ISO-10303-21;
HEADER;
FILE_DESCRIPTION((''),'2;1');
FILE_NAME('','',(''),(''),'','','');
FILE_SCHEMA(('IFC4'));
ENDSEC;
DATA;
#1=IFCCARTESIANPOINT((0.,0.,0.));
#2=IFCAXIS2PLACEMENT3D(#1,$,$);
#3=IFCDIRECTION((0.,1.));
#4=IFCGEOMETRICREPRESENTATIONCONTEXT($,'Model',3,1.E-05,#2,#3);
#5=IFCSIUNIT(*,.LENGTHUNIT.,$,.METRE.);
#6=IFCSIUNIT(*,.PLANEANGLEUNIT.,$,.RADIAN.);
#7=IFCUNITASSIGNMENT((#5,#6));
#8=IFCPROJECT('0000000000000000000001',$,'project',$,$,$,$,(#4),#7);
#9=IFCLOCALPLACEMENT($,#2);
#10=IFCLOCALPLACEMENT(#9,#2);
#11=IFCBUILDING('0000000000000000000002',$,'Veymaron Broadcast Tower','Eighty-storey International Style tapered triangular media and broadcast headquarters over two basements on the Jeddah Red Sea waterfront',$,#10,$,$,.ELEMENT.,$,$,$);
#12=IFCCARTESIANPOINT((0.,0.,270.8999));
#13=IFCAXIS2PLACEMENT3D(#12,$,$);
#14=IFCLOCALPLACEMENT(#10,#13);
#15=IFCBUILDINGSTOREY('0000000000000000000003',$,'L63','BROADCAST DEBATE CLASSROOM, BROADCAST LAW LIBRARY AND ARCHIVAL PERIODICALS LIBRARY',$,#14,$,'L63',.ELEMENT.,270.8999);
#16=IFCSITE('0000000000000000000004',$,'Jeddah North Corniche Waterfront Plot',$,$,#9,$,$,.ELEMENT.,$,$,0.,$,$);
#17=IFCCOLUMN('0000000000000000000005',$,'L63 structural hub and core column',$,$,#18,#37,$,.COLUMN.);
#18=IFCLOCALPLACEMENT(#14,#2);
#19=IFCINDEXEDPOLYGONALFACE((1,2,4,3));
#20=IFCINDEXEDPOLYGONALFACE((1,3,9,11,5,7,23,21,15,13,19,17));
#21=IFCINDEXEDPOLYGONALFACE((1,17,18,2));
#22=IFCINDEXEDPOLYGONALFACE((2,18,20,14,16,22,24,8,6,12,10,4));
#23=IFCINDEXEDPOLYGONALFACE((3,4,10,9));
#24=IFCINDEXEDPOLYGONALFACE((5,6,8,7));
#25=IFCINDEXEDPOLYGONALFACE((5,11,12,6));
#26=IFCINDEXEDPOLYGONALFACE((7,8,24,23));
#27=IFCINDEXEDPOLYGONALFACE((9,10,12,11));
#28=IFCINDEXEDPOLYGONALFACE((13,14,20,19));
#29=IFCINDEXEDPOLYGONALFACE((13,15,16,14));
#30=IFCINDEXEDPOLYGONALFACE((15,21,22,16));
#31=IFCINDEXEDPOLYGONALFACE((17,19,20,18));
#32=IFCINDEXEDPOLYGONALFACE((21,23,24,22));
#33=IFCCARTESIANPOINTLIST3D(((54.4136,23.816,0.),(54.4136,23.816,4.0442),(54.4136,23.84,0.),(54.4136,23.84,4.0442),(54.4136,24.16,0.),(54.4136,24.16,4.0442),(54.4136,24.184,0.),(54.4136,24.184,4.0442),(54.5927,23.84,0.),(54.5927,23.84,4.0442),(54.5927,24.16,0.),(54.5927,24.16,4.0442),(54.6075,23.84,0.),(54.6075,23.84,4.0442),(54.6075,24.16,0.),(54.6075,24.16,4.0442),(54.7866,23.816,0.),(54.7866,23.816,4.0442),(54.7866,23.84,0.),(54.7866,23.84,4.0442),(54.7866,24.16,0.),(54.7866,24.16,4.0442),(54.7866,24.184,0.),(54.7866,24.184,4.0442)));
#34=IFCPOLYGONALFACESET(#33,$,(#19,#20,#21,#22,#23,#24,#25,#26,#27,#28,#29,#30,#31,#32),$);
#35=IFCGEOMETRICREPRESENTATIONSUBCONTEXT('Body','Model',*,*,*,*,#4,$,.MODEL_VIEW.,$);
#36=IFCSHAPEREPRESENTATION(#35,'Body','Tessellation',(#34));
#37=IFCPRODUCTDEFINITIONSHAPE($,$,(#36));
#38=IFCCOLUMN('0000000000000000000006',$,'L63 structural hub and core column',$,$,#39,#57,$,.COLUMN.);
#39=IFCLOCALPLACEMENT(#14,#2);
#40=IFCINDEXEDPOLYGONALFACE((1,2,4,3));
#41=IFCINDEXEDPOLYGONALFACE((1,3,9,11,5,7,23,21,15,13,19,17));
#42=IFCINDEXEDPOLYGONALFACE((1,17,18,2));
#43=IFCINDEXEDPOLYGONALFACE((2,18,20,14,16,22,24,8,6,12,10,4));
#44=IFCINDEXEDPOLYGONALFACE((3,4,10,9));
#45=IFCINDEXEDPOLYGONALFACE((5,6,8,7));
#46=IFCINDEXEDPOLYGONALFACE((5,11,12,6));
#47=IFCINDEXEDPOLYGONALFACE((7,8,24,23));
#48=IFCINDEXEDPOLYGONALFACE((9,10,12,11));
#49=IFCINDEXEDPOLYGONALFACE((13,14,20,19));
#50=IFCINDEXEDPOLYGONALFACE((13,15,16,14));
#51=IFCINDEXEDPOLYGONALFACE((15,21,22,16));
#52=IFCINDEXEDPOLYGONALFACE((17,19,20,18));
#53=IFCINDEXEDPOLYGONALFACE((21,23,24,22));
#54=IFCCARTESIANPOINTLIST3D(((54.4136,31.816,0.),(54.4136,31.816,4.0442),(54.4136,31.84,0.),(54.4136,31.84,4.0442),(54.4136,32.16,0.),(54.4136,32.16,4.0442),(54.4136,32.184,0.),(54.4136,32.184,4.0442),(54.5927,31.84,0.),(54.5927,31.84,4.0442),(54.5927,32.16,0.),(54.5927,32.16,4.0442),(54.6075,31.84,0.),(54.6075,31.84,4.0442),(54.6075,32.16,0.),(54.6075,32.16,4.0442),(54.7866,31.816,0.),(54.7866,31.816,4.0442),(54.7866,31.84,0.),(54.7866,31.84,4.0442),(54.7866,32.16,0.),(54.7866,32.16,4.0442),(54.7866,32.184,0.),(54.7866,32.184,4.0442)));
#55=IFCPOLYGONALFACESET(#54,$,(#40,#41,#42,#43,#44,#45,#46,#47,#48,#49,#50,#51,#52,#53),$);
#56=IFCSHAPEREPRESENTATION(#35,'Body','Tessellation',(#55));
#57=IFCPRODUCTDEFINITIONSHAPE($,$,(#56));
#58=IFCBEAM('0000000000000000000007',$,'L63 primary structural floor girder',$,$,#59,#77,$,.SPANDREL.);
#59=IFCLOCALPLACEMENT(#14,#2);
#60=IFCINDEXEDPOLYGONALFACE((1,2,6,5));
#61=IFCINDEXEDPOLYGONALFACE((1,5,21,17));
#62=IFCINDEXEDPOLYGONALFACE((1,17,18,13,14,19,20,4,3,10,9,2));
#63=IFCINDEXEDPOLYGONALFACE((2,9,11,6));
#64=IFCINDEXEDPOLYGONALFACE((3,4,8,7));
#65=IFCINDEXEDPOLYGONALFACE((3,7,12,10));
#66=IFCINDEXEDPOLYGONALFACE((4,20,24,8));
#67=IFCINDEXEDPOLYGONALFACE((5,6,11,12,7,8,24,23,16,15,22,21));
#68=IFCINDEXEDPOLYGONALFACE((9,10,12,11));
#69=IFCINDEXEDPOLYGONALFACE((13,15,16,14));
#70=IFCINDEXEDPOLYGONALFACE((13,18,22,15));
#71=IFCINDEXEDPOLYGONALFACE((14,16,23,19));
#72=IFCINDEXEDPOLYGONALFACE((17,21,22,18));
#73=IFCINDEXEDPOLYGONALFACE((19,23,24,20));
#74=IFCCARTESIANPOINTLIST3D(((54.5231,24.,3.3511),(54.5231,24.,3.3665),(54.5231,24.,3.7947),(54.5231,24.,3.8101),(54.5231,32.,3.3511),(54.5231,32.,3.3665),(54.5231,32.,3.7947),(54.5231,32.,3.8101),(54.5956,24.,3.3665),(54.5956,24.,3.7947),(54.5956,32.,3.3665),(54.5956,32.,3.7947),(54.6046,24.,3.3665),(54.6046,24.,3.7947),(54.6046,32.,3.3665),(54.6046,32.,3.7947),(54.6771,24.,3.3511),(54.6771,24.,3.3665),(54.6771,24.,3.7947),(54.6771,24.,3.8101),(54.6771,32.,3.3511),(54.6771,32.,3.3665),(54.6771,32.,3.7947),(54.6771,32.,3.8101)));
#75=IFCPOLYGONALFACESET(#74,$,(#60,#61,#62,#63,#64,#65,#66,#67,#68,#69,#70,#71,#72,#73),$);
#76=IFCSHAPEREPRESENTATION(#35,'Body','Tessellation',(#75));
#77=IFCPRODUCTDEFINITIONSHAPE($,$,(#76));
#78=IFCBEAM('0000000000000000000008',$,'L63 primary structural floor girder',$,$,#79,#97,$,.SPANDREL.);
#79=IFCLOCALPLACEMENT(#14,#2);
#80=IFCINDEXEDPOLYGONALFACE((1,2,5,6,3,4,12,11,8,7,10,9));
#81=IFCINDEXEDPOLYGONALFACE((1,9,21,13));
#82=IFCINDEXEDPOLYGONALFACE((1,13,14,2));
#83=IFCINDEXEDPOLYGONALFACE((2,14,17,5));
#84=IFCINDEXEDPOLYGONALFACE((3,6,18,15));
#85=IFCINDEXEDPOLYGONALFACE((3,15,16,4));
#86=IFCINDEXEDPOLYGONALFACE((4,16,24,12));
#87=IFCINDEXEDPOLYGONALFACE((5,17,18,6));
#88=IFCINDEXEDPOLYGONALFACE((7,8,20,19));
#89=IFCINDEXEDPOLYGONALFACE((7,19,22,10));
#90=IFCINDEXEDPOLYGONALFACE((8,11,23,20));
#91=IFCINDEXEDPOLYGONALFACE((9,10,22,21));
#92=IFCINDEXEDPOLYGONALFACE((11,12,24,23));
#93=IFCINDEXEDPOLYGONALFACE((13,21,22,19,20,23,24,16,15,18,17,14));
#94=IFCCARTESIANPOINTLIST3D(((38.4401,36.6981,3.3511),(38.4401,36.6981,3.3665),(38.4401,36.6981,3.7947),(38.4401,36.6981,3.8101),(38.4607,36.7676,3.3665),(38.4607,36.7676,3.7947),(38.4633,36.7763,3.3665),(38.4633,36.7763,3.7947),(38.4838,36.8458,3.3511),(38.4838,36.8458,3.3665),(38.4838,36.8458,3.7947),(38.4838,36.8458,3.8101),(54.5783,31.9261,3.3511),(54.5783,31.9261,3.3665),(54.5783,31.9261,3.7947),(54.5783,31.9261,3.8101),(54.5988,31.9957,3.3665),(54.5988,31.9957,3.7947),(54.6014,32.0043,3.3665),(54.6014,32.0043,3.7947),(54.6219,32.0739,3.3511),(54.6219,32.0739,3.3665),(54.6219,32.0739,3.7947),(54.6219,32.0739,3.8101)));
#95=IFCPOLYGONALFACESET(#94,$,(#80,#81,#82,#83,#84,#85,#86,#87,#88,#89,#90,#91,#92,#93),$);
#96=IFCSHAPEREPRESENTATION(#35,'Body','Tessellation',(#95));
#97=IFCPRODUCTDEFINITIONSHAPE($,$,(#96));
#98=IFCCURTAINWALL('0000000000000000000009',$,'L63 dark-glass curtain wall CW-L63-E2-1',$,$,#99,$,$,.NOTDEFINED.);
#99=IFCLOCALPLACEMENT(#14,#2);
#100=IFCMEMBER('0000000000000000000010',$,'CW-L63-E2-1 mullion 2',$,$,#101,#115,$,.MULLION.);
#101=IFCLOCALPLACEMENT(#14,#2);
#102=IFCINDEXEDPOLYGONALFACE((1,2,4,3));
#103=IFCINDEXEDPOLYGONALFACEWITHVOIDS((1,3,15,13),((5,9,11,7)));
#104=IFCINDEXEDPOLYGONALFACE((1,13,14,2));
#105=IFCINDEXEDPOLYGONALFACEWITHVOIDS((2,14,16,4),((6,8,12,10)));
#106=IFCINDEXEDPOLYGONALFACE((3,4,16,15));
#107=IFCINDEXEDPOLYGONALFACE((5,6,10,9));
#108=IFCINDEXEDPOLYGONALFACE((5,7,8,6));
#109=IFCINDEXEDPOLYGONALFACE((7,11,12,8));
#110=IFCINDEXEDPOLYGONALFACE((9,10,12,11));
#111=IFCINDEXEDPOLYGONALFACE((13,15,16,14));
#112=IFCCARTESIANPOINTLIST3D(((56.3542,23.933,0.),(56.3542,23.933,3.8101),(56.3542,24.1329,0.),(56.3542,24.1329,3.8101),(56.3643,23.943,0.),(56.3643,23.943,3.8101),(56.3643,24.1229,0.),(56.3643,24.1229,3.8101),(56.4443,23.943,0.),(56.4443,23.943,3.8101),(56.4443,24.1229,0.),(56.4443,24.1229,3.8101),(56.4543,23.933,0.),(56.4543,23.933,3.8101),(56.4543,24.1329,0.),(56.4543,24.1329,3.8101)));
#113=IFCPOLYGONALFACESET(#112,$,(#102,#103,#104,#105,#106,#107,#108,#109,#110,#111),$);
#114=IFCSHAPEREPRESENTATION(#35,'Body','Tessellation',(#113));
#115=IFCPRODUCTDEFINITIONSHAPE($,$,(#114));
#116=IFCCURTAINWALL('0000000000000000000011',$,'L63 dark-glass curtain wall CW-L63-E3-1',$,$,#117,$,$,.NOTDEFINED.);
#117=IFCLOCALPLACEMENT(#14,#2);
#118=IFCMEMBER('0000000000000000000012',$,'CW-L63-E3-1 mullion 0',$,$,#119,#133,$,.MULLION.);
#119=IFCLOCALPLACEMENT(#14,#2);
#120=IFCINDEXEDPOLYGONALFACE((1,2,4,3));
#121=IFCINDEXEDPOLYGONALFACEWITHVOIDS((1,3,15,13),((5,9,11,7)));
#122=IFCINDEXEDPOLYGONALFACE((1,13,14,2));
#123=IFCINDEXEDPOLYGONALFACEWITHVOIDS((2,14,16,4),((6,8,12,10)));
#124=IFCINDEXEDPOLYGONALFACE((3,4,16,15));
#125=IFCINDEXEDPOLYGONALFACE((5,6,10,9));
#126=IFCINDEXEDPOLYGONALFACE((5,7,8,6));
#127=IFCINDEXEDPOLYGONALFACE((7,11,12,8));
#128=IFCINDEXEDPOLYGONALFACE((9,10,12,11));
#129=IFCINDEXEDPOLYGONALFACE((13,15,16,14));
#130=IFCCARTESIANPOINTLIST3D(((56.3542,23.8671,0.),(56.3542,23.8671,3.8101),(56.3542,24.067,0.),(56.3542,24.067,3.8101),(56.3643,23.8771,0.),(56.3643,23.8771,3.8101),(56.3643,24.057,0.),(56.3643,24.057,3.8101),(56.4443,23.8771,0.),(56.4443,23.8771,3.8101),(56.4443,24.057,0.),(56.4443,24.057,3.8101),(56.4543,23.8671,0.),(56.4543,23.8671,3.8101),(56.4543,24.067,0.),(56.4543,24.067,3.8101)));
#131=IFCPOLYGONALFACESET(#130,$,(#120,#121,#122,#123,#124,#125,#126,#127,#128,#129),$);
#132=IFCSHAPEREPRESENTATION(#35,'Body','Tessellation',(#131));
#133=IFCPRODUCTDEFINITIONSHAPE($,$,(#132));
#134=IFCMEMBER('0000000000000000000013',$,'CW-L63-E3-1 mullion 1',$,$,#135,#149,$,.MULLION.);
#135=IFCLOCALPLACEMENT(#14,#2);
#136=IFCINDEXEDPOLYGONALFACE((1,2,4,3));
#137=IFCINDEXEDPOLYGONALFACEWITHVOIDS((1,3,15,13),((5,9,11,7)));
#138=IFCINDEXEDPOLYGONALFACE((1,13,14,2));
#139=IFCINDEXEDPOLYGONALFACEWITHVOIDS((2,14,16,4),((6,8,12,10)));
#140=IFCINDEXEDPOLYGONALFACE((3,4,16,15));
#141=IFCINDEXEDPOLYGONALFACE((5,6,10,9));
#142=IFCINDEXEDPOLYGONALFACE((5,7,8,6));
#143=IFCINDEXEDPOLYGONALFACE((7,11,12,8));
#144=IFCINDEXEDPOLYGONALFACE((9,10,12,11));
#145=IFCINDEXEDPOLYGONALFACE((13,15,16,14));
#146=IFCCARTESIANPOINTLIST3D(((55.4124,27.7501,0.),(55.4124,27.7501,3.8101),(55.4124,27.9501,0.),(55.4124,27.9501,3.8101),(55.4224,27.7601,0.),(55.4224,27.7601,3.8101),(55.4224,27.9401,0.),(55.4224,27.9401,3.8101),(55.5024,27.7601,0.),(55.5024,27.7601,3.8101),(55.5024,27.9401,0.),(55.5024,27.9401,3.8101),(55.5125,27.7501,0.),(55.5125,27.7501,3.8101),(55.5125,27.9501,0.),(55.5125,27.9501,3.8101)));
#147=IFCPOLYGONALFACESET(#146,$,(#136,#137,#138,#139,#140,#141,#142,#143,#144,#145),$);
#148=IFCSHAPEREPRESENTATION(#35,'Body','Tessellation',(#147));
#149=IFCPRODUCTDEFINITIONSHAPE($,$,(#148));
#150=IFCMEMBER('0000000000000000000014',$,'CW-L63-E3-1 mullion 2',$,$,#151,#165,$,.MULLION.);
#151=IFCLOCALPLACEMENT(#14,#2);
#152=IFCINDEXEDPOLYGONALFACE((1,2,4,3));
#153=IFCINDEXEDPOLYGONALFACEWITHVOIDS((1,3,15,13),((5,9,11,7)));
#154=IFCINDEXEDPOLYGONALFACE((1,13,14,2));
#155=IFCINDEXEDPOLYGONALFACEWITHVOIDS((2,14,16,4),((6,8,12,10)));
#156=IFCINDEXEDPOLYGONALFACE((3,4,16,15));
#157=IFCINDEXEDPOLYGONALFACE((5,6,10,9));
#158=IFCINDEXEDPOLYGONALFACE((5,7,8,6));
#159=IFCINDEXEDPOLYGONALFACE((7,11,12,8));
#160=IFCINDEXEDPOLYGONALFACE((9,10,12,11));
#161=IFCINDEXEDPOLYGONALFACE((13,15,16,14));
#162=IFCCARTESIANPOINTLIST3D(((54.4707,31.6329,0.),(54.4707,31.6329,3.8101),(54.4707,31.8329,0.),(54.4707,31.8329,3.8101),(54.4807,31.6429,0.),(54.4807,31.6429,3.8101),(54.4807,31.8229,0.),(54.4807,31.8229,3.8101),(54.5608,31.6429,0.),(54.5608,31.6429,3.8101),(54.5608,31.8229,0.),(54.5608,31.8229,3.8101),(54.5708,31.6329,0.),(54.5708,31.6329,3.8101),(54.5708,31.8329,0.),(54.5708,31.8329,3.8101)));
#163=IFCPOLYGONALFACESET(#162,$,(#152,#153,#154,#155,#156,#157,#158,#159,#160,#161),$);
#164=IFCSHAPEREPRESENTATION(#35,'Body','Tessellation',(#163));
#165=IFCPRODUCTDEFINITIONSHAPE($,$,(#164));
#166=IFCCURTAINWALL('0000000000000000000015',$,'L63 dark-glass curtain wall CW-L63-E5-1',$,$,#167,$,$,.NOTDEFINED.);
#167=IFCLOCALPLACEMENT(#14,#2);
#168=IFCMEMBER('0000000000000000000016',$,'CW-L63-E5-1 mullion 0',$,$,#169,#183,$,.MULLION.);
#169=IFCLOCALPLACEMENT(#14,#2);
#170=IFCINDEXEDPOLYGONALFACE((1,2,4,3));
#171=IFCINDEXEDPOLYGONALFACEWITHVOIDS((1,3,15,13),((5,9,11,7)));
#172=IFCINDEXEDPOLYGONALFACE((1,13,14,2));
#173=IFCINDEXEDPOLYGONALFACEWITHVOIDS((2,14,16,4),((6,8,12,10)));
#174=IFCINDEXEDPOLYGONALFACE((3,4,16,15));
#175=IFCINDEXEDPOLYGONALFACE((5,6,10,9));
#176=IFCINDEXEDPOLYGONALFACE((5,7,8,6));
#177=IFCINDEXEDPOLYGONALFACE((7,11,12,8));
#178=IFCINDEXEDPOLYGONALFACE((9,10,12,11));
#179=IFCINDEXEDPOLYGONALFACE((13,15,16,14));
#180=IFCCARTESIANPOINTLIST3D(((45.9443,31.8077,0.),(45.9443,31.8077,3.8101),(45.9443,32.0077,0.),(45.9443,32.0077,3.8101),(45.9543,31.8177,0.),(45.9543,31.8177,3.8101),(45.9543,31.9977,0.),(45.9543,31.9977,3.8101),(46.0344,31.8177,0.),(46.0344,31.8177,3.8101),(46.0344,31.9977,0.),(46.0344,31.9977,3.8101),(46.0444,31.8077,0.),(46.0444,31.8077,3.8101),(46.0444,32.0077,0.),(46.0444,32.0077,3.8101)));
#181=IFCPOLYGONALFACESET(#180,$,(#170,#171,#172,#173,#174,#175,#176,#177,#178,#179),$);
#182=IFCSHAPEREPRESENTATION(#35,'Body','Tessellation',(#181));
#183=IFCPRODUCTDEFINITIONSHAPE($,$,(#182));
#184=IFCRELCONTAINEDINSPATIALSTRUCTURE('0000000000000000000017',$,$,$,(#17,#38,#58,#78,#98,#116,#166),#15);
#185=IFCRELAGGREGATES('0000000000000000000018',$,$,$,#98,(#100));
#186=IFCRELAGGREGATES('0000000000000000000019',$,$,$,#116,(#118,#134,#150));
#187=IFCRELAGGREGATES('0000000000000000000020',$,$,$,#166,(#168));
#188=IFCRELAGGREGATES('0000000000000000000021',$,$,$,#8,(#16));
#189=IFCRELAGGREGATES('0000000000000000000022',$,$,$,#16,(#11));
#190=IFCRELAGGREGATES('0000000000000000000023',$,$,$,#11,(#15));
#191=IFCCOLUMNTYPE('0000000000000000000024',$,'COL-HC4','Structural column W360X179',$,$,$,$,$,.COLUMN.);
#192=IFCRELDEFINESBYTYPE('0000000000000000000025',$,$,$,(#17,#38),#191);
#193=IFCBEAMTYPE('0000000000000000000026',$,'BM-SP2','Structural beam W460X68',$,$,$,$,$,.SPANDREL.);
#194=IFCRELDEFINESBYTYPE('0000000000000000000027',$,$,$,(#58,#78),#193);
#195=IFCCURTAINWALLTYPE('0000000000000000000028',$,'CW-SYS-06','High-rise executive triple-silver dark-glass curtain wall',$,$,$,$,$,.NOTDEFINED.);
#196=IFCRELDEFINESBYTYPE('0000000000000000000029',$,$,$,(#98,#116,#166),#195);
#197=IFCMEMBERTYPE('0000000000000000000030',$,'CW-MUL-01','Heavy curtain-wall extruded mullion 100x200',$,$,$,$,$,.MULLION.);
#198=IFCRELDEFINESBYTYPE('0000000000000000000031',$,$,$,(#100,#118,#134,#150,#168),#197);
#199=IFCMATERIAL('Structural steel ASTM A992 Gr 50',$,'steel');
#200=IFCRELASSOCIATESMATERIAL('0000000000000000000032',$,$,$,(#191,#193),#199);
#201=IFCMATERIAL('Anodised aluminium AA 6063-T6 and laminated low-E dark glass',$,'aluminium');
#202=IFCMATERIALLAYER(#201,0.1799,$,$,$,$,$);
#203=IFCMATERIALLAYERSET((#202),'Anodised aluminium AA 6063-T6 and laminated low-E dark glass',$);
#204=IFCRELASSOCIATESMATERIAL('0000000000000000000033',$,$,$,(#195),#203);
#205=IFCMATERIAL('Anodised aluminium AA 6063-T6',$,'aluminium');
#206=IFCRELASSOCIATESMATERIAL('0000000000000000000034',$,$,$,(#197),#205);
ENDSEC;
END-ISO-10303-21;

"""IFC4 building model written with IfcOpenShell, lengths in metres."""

from ifc_helpers import new_model, si_unit, direction, frame, origin, origin_2d, place, context, subcontext, project, spatial, hollow_rectangle, i_section, extrude, material, layer, layer_set, material_profile, profile_set, type_object, element, aggregate, save


model = new_model("IFC4")

# Units and contexts
model_context = context("Model", 3, precision=1e-05, world=origin(), true_north=direction((0.0, 1.0)))
body_context = subcontext(model_context, "Body", "Model", "MODEL_VIEW")
ifc_project = project(units=[si_unit("LENGTHUNIT", "METRE"), si_unit("PLANEANGLEUNIT", "RADIAN")], contexts=[model_context])

# Site, building, storey
site_placement = place(None, origin())
site = spatial("IfcSite", under=ifc_project, at=site_placement, Name="Jeddah North Corniche Waterfront Plot", CompositionType="ELEMENT", RefElevation=0.0)
building_placement = place(site_placement, origin())
building = spatial("IfcBuilding", under=site, at=building_placement, Name="Veymaron Broadcast Tower", Description="Eighty-storey International Style tapered triangular media and broadcast headquarters over two basements on the Jeddah Red Sea waterfront", CompositionType="ELEMENT")
storey_placement = place(building_placement, frame((0.0, 0.0, 270.8999)))
storey = spatial("IfcBuildingStorey", under=building, at=storey_placement, Name="L63", Description="BROADCAST DEBATE CLASSROOM, BROADCAST LAW LIBRARY AND ARCHIVAL PERIODICALS LIBRARY", LongName="L63", CompositionType="ELEMENT", Elevation=270.8999)

# Columns
ifc_material_1 = material(Name="Structural steel ASTM A992 Gr 50", Category="steel")
ifc_material_profile_1 = material_profile(ifc_material_1, i_section(OverallWidth=0.373, OverallDepth=0.3679, WebThickness=0.0149, FlangeThickness=0.0239, at=origin_2d()), Name="W360X179")
ifc_profile_set_1 = profile_set([ifc_material_profile_1], Name="Structural steel ASTM A992 Gr 50")
column_type = type_object("IfcColumnType", Name="COL-HC4", Description="Structural column W360X179", PredefinedType="COLUMN", material=ifc_profile_set_1)
for number, where, z_axis, x_axis, name in (
    (1, (54.6001, 24.0, 0.0), (0.0, 0.0, 1.0), (1.0, 0.0, 0.0), "L63 structural hub and core column"),
    (2, (54.6001, 32.0, 0.0), (0.0, 0.0, 1.0), (1.0, 0.0, 0.0), "L63 structural hub and core column"),
):
    element("IfcColumn", number, at=place(storey_placement, frame(where, z_axis=z_axis, x_axis=x_axis)), inside=storey, type_object=column_type, Name=name, PredefinedType="COLUMN", context=body_context, shape_type="SweptSolid", body=[
        extrude(i_section(OverallWidth=0.373, OverallDepth=0.3679, WebThickness=0.0149, FlangeThickness=0.0239, at=origin_2d()), origin(), (0.0, 0.0, 1.0), 4.0442),
    ])

# Beams
ifc_material_profile_2 = material_profile(ifc_material_1, i_section(OverallWidth=0.1541, OverallDepth=0.459, WebThickness=0.009, FlangeThickness=0.0154, at=origin_2d()), Name="W460X68")
ifc_profile_set_2 = profile_set([ifc_material_profile_2], Name="Structural steel ASTM A992 Gr 50")
beam_type = type_object("IfcBeamType", Name="BM-SP2", Description="Structural beam W460X68", PredefinedType="SPANDREL", material=ifc_profile_set_2)
beam_1_placement = place(storey_placement, frame((54.6001, 24.0, 3.5806), z_axis=(0.0, 1.0, 0.0), x_axis=(-1.0, 0.0, 0.0)))
element("IfcBeam", 3, at=beam_1_placement, inside=storey, type_object=beam_type, Name="L63 primary structural floor girder", PredefinedType="SPANDREL", context=body_context, shape_type="SweptSolid", body=[
    extrude(i_section(OverallWidth=0.1541, OverallDepth=0.459, WebThickness=0.009, FlangeThickness=0.0154, at=origin_2d()), origin(), (0.0, 0.0, 1.0), 8.0),
])
beam_2_placement = place(storey_placement, frame((54.6001, 32.0, 3.5806), z_axis=(-0.958955, 0.283558, 0.0), x_axis=(-0.283558, -0.958955, 0.0)))
element("IfcBeam", 4, at=beam_2_placement, inside=storey, type_object=beam_type, Name="L63 primary structural floor girder", PredefinedType="SPANDREL", context=body_context, shape_type="SweptSolid", body=[
    extrude(i_section(OverallWidth=0.1541, OverallDepth=0.459, WebThickness=0.009, FlangeThickness=0.0154, at=origin_2d()), origin(), (0.0, 0.0, 1.0), 16.8289),
])

# Curtain wall, member
ifc_material_2 = material(Name="Anodised aluminium AA 6063-T6 and laminated low-E dark glass", Category="aluminium")
ifc_layer_1 = layer(ifc_material_2, 0.1799)
ifc_layer_set_1 = layer_set([ifc_layer_1], Name="Anodised aluminium AA 6063-T6 and laminated low-E dark glass")
curtain_wall_type = type_object("IfcCurtainWallType", Name="CW-SYS-06", Description="High-rise executive triple-silver dark-glass curtain wall", PredefinedType="NOTDEFINED", material=ifc_layer_set_1)
curtain_wall_1_placement = place(storey_placement, origin())
curtain_wall_1 = element("IfcCurtainWall", 5, at=curtain_wall_1_placement, inside=storey, type_object=curtain_wall_type, Name="L63 dark-glass curtain wall CW-L63-E2-1", PredefinedType="NOTDEFINED")
ifc_material_3 = material(Name="Anodised aluminium AA 6063-T6", Category="aluminium")
ifc_material_profile_3 = material_profile(ifc_material_3, hollow_rectangle(XDim=0.1001, YDim=0.2, WallThickness=0.01, at=origin_2d()), Name="RHS200X100X10")
ifc_profile_set_3 = profile_set([ifc_material_profile_3], Name="Anodised aluminium AA 6063-T6")
member_type_1 = type_object("IfcMemberType", Name="CW-MUL-01", Description="Heavy curtain-wall extruded mullion 100x200", PredefinedType="MULLION", material=ifc_profile_set_3)
member_1_placement = place(storey_placement, frame((56.4043, 24.033, 0.0), z_axis=(0.0, 0.0, 1.0), x_axis=(1.0, 0.0, 0.0)))
member_1 = element("IfcMember", 6, at=member_1_placement, type_object=member_type_1, Name="CW-L63-E2-1 mullion 2", PredefinedType="MULLION", context=body_context, shape_type="SweptSolid", body=[
    extrude(hollow_rectangle(XDim=0.1001, YDim=0.2, WallThickness=0.01, at=origin_2d()), origin(), (0.0, 0.0, 1.0), 3.8101),
])
aggregate(curtain_wall_1, [member_1])

# Curtain wall, members
curtain_wall_2_placement = place(storey_placement, origin())
curtain_wall_2 = element("IfcCurtainWall", 7, at=curtain_wall_2_placement, inside=storey, type_object=curtain_wall_type, Name="L63 dark-glass curtain wall CW-L63-E3-1", PredefinedType="NOTDEFINED")
member_2_placement = place(storey_placement, frame((56.4043, 23.967, 0.0), z_axis=(0.0, 0.0, 1.0), x_axis=(1.0, 0.0, 0.0)))
member_2 = element("IfcMember", 8, at=member_2_placement, type_object=member_type_1, Name="CW-L63-E3-1 mullion 0", PredefinedType="MULLION", context=body_context, shape_type="SweptSolid", body=[
    extrude(hollow_rectangle(XDim=0.1001, YDim=0.2, WallThickness=0.01, at=origin_2d()), origin(), (0.0, 0.0, 1.0), 3.8101),
])
member_3_placement = place(storey_placement, frame((55.4624, 27.8501, 0.0), z_axis=(0.0, 0.0, 1.0), x_axis=(1.0, 0.0, 0.0)))
member_3 = element("IfcMember", 9, at=member_3_placement, type_object=member_type_1, Name="CW-L63-E3-1 mullion 1", PredefinedType="MULLION", context=body_context, shape_type="SweptSolid", body=[
    extrude(hollow_rectangle(XDim=0.1001, YDim=0.2, WallThickness=0.01, at=origin_2d()), origin(), (0.0, 0.0, 1.0), 3.8101),
])
member_4_placement = place(storey_placement, frame((54.5208, 31.7329, 0.0), z_axis=(0.0, 0.0, 1.0), x_axis=(1.0, 0.0, 0.0)))
member_4 = element("IfcMember", 10, at=member_4_placement, type_object=member_type_1, Name="CW-L63-E3-1 mullion 2", PredefinedType="MULLION", context=body_context, shape_type="SweptSolid", body=[
    extrude(hollow_rectangle(XDim=0.1001, YDim=0.2, WallThickness=0.01, at=origin_2d()), origin(), (0.0, 0.0, 1.0), 3.8101),
])

# Curtain wall, member
curtain_wall_3_placement = place(storey_placement, origin())
curtain_wall_3 = element("IfcCurtainWall", 11, at=curtain_wall_3_placement, inside=storey, type_object=curtain_wall_type, Name="L63 dark-glass curtain wall CW-L63-E5-1", PredefinedType="NOTDEFINED")
member_5_placement = place(storey_placement, frame((45.9944, 31.9077, 0.0), z_axis=(0.0, 0.0, 1.0), x_axis=(1.0, 0.0, 0.0)))
member_5 = element("IfcMember", 12, at=member_5_placement, type_object=member_type_1, Name="CW-L63-E5-1 mullion 0", PredefinedType="MULLION", context=body_context, shape_type="SweptSolid", body=[
    extrude(hollow_rectangle(XDim=0.1001, YDim=0.2, WallThickness=0.01, at=origin_2d()), origin(), (0.0, 0.0, 1.0), 3.8101),
])

aggregate(curtain_wall_2, [member_2, member_3, member_4])
aggregate(curtain_wall_3, [member_5])

save(model, "model.ifc")
